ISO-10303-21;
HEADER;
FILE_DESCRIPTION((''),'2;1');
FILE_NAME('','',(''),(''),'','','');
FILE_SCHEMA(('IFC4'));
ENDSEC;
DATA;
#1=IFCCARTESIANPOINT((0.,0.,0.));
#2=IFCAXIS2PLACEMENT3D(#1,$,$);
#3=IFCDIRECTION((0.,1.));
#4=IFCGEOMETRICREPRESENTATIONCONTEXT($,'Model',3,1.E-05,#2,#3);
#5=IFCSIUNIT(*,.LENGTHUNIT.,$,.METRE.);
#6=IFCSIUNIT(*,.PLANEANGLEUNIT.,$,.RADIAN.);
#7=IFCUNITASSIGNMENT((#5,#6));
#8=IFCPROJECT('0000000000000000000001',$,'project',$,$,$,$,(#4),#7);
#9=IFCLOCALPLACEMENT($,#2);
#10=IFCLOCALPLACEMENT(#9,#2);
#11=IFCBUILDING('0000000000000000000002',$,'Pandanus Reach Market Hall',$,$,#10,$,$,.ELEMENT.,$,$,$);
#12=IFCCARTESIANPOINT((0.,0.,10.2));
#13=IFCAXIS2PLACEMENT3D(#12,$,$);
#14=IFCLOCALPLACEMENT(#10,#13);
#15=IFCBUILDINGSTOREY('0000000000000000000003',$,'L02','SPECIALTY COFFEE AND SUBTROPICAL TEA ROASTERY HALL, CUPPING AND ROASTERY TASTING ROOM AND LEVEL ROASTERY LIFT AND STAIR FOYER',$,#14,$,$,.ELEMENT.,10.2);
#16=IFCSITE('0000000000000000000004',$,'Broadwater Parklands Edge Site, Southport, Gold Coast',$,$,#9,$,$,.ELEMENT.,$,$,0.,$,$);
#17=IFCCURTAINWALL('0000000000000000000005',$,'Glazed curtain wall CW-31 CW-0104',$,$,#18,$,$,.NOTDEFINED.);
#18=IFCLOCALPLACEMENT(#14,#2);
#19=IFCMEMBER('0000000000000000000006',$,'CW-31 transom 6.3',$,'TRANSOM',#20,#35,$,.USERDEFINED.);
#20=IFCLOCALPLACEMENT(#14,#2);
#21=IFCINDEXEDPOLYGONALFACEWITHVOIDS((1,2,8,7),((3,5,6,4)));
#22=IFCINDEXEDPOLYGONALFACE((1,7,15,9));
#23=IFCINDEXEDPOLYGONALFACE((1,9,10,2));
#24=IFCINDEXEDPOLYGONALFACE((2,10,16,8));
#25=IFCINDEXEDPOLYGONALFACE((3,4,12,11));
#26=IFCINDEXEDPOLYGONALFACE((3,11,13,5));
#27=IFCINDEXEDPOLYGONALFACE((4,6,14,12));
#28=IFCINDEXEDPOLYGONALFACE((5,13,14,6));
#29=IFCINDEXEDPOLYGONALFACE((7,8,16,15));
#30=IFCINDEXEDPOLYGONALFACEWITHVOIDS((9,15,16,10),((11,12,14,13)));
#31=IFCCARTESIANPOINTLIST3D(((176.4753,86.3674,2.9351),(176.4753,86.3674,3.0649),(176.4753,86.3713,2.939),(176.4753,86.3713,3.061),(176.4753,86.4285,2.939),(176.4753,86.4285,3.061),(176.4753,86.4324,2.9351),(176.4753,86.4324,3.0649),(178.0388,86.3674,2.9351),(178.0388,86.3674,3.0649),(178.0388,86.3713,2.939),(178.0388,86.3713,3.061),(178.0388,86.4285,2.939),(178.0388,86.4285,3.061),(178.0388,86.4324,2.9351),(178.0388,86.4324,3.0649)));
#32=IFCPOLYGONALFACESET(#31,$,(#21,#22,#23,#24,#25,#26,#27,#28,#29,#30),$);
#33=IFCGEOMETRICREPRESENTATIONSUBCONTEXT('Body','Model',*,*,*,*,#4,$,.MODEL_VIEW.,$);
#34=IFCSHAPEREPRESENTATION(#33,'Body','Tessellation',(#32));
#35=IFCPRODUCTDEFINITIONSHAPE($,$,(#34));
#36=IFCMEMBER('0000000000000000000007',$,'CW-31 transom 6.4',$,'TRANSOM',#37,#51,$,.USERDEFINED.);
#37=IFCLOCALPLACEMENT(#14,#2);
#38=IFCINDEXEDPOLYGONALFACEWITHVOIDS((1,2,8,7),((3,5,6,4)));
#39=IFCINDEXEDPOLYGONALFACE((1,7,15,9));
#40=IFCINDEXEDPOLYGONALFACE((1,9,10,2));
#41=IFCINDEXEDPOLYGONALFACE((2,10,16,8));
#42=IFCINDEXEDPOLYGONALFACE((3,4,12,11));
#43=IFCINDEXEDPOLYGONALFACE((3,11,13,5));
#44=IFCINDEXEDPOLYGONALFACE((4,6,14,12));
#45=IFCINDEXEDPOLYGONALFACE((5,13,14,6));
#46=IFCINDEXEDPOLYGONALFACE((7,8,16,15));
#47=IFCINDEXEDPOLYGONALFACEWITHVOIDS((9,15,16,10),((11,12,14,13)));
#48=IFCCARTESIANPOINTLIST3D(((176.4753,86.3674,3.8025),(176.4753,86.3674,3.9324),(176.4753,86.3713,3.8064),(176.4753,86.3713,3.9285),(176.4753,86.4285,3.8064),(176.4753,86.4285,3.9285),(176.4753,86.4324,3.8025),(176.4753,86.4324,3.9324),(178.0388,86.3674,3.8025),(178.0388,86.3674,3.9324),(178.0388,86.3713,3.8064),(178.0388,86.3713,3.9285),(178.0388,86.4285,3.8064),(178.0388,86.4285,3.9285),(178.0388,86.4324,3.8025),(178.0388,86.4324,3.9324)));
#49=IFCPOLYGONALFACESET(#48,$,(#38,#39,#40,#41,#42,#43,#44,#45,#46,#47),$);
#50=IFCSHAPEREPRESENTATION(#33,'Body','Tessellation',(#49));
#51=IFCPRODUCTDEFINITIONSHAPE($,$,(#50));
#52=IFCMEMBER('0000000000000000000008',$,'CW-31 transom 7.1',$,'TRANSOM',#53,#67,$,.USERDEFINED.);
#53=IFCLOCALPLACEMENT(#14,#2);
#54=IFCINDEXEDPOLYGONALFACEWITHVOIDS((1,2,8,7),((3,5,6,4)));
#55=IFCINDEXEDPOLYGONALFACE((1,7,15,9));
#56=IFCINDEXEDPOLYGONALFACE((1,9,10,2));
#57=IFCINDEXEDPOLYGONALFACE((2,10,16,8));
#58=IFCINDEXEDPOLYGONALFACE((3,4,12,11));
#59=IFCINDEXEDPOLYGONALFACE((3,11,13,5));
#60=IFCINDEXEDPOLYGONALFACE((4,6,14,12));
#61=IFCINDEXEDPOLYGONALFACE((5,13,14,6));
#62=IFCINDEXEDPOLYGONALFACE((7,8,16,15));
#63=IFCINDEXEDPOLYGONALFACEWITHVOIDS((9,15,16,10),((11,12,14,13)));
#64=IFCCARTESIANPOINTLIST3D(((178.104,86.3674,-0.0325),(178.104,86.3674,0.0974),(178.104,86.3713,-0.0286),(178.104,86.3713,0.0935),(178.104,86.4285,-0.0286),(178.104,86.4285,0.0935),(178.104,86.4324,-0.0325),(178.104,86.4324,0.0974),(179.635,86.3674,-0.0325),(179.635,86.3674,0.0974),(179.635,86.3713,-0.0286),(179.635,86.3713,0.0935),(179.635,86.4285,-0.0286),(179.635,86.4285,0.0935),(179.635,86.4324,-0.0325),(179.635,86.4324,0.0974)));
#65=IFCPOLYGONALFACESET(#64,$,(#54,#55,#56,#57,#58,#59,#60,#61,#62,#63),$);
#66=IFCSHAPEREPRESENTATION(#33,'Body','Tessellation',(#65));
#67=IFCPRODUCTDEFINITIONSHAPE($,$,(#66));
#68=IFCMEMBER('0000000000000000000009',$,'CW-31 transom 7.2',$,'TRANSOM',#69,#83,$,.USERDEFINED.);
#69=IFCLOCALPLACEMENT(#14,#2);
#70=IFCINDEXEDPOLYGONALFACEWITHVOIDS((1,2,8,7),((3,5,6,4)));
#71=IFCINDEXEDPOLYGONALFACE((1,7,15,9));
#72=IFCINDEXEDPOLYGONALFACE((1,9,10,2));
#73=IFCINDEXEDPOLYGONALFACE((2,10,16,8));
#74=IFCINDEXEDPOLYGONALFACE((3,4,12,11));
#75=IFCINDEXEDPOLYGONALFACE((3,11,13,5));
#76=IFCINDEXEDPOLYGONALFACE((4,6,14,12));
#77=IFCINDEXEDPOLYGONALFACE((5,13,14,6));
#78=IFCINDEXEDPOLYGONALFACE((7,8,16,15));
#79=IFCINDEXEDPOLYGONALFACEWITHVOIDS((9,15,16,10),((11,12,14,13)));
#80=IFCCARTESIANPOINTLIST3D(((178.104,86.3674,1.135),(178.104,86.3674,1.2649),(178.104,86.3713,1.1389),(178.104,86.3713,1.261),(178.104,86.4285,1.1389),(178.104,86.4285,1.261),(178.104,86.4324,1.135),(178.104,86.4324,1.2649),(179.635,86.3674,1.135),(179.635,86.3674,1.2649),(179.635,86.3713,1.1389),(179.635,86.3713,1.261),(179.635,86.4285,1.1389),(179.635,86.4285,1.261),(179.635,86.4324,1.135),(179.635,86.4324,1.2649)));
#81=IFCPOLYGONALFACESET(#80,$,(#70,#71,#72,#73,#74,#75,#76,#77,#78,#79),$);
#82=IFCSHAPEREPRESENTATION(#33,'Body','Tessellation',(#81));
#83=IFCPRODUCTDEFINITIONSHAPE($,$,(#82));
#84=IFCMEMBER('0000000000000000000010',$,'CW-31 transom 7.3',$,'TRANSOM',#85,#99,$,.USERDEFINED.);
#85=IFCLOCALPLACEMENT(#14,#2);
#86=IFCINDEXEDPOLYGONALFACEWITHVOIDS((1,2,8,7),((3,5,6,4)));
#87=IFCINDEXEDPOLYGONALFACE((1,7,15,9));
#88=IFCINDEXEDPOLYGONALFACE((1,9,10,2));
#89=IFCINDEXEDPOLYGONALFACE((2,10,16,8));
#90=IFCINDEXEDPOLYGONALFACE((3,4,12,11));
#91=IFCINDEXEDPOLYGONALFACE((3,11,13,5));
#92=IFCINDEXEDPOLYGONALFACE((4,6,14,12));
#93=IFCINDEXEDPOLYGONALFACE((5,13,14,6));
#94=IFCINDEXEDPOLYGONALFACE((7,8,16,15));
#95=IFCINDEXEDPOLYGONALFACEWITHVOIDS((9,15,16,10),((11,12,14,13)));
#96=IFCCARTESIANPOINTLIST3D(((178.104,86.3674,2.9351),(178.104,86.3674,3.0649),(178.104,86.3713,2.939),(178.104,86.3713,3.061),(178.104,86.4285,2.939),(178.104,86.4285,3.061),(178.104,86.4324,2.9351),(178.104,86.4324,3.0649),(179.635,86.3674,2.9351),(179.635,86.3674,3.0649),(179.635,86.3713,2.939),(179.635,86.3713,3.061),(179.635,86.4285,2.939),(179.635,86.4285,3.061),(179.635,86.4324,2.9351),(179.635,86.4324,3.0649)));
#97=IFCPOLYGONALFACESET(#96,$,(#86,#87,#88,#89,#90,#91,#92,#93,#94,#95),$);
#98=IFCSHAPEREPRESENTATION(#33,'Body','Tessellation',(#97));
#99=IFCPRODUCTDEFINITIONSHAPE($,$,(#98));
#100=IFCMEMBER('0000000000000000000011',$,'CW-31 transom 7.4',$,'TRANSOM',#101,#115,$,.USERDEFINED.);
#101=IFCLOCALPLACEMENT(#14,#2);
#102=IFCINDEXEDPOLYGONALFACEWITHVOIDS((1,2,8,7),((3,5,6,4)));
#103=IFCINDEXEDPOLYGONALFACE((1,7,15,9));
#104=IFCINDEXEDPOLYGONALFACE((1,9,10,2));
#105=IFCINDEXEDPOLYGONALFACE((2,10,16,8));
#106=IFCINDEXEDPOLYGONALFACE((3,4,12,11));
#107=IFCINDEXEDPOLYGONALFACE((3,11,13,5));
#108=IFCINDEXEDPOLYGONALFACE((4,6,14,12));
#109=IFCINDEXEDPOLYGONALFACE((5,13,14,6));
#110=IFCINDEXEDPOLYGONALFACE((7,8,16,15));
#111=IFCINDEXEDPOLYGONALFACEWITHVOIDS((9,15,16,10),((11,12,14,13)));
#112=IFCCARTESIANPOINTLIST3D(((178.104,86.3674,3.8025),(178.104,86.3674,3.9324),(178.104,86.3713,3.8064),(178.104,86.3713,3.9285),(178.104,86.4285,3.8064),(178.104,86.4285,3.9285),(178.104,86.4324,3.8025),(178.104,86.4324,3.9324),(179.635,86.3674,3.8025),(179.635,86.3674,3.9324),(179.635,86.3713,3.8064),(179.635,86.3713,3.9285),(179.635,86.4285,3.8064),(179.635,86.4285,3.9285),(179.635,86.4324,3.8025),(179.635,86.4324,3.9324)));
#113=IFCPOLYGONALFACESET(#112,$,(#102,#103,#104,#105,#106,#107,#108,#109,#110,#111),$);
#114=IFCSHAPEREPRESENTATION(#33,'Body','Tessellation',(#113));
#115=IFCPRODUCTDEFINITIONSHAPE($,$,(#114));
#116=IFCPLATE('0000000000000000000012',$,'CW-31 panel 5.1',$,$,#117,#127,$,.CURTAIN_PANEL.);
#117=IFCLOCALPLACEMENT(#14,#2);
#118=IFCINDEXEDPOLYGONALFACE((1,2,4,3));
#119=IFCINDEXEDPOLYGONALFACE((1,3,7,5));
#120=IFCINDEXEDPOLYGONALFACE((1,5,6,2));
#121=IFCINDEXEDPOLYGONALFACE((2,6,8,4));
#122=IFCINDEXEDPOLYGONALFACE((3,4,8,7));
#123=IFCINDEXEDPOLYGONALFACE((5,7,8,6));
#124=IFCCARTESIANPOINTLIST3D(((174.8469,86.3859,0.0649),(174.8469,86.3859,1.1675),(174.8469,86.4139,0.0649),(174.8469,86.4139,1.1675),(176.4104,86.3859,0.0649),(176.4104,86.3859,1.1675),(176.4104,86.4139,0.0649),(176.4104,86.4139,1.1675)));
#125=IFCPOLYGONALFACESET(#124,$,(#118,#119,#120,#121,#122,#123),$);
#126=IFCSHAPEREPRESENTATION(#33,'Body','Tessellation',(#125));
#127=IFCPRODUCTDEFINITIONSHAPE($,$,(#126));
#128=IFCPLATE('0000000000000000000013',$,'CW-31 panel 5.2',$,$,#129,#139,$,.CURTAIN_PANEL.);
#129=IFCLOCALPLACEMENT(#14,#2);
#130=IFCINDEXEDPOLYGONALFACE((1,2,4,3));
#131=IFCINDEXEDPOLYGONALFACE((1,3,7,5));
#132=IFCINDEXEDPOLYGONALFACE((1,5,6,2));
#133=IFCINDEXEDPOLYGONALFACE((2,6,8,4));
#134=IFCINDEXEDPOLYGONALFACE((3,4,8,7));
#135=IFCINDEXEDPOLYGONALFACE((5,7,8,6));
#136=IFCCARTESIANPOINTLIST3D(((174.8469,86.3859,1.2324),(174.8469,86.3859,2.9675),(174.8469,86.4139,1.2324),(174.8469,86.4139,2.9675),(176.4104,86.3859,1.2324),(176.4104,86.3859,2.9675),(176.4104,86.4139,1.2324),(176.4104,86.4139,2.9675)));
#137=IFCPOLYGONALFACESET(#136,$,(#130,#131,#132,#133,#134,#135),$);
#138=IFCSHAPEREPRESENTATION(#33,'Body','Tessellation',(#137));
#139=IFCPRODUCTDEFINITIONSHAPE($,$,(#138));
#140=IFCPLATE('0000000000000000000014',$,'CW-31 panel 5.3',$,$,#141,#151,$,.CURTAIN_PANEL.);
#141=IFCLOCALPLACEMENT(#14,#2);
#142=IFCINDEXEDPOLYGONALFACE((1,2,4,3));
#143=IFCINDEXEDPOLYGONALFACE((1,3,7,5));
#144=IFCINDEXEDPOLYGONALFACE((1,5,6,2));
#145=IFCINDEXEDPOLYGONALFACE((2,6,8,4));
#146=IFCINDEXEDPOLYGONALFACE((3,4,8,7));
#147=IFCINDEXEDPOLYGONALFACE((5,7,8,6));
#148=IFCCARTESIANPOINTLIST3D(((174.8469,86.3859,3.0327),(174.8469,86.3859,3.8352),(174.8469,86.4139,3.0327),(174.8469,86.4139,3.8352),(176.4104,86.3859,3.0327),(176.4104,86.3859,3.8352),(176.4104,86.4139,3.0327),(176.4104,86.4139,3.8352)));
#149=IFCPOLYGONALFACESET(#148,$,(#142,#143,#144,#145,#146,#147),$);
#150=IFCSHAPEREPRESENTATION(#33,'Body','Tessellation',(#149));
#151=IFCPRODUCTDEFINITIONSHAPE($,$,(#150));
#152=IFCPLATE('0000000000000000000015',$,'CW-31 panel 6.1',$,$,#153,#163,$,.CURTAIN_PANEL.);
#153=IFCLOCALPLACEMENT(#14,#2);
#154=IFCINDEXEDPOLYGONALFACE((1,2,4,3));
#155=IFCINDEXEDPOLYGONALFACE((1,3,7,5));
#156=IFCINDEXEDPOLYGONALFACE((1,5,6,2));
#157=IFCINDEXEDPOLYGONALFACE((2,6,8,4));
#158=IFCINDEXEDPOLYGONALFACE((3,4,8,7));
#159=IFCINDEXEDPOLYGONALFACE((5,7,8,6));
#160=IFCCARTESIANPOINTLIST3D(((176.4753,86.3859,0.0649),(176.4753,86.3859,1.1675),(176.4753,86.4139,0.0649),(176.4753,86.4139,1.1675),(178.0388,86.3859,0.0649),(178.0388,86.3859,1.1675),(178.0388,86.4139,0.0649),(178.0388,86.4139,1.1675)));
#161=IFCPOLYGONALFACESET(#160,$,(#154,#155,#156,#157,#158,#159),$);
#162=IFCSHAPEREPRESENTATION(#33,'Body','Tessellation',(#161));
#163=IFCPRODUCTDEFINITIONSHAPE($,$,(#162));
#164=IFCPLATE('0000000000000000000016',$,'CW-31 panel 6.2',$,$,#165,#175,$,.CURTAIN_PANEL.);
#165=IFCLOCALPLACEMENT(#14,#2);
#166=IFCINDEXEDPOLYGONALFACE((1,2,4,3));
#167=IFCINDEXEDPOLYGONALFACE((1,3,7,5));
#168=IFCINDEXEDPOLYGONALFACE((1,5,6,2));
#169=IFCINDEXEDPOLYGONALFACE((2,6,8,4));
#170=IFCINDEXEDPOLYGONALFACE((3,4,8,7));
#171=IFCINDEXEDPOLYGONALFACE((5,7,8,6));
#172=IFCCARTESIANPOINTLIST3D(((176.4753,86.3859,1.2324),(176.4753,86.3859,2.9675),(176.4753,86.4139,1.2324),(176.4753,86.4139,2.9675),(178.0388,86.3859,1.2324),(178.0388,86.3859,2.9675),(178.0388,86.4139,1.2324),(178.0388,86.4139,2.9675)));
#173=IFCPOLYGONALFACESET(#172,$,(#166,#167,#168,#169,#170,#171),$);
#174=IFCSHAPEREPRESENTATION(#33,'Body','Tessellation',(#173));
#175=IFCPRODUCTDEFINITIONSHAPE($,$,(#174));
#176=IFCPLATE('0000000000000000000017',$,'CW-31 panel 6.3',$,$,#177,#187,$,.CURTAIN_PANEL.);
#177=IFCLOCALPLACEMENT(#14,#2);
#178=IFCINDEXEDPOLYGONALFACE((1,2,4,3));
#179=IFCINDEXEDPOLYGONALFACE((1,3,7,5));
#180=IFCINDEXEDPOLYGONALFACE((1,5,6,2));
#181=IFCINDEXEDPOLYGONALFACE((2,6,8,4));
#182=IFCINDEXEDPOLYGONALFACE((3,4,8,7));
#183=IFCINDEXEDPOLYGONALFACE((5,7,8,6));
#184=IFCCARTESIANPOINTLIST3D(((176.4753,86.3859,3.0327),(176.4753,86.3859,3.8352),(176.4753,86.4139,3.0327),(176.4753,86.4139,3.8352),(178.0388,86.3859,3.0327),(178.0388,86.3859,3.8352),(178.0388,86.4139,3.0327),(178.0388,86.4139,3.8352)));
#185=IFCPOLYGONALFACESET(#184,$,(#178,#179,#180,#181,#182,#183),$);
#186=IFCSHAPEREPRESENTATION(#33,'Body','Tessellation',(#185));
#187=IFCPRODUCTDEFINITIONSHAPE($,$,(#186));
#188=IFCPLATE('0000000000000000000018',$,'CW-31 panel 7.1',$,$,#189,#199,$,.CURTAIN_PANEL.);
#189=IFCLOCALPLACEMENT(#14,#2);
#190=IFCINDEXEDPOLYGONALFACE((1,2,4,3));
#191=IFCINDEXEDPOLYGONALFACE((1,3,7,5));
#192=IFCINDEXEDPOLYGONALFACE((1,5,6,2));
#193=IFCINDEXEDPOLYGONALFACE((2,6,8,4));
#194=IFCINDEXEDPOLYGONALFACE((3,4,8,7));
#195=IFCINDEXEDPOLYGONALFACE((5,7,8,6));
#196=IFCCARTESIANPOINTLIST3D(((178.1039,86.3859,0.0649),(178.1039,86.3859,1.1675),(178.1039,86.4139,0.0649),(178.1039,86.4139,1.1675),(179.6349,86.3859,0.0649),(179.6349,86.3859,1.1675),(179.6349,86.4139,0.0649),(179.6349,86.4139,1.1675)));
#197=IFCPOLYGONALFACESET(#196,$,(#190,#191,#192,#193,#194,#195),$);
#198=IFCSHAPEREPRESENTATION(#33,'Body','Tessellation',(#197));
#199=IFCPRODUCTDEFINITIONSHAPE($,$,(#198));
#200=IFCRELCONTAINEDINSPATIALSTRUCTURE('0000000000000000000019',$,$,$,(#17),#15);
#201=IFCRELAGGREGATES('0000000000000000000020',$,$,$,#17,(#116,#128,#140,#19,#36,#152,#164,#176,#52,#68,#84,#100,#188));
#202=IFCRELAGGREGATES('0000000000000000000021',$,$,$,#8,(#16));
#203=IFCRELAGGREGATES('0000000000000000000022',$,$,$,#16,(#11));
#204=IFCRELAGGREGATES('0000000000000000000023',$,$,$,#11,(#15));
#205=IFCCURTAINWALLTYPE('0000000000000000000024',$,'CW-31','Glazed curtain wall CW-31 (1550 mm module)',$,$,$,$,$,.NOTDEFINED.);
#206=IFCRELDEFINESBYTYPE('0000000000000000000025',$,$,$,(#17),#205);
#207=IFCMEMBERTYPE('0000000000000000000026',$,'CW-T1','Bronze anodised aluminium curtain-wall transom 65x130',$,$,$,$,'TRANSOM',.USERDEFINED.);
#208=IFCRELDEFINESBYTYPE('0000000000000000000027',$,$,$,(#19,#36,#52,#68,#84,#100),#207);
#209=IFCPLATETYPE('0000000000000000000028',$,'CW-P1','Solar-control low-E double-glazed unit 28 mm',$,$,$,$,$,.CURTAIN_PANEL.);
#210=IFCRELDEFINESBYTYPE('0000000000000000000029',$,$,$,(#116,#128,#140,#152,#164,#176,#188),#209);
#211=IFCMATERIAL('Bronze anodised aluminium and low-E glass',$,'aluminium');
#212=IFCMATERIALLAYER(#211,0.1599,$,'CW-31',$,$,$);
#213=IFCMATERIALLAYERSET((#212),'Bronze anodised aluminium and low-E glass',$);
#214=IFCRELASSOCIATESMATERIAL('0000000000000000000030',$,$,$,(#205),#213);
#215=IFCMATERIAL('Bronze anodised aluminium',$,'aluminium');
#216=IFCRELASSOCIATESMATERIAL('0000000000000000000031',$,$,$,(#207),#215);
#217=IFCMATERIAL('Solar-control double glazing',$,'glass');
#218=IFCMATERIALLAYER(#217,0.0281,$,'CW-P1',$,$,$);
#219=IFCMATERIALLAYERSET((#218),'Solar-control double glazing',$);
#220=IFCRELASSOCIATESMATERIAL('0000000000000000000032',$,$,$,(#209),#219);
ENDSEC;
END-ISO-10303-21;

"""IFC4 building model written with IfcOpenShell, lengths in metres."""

from ifc_helpers import new_model, si_unit, direction, frame, origin, origin_2d, place, context, subcontext, project, spatial, rectangle, hollow_rectangle, extrude, material, layer, layer_set, material_profile, profile_set, type_object, element, aggregate, save


model = new_model("IFC4")

# Units and contexts
model_context = context("Model", 3, precision=1e-05, world=origin(), true_north=direction((0.0, 1.0)))
body_context = subcontext(model_context, "Body", "Model", "MODEL_VIEW")
ifc_project = project(units=[si_unit("LENGTHUNIT", "METRE"), si_unit("PLANEANGLEUNIT", "RADIAN")], contexts=[model_context])

# Site, building, storey
site_placement = place(None, origin())
site = spatial("IfcSite", under=ifc_project, at=site_placement, Name="Broadwater Parklands Edge Site, Southport, Gold Coast", CompositionType="ELEMENT", RefElevation=0.0)
building_placement = place(site_placement, origin())
building = spatial("IfcBuilding", under=site, at=building_placement, Name="Pandanus Reach Market Hall", CompositionType="ELEMENT")
storey_placement = place(building_placement, frame((0.0, 0.0, 10.2)))
storey = spatial("IfcBuildingStorey", under=building, at=storey_placement, Name="L02", Description="SPECIALTY COFFEE AND SUBTROPICAL TEA ROASTERY HALL, CUPPING AND ROASTERY TASTING ROOM AND LEVEL ROASTERY LIFT AND STAIR FOYER", CompositionType="ELEMENT", Elevation=10.2)

# Curtain wall
ifc_material_1 = material(Name="Bronze anodised aluminium and low-E glass", Category="aluminium")
ifc_layer_1 = layer(ifc_material_1, 0.1599, Name="CW-31")
ifc_layer_set_1 = layer_set([ifc_layer_1], Name="Bronze anodised aluminium and low-E glass")
curtain_wall_type_1 = type_object("IfcCurtainWallType", Name="CW-31", Description="Glazed curtain wall CW-31 (1550 mm module)", PredefinedType="NOTDEFINED", material=ifc_layer_set_1)
curtain_wall_1_placement = place(storey_placement, origin())
curtain_wall_1 = element("IfcCurtainWall", 1, at=curtain_wall_1_placement, inside=storey, type_object=curtain_wall_type_1, Name="Glazed curtain wall CW-31 CW-0104", PredefinedType="NOTDEFINED")
ifc_material_2 = material(Name="Bronze anodised aluminium", Category="aluminium")

# Members
ifc_material_profile_1 = material_profile(ifc_material_2, hollow_rectangle(XDim=0.0649, YDim=0.1299, WallThickness=0.0039, at=origin_2d()), Name="ALU65x130", Category="LoadBearing")
ifc_profile_set_1 = profile_set([ifc_material_profile_1], Name="Bronze anodised aluminium")
member_type_1 = type_object("IfcMemberType", Name="CW-T1", Description="Bronze anodised aluminium curtain-wall transom 65x130", ElementType="TRANSOM", PredefinedType="USERDEFINED", material=ifc_profile_set_1)
member_1_placement = place(storey_placement, frame((176.4753, 86.3999, 3.0), z_axis=(1.0, 0.0, 0.0), x_axis=(0.0, 1.0, 0.0)))
member_1 = element("IfcMember", 2, at=member_1_placement, type_object=member_type_1, Name="CW-31 transom 6.3", ObjectType="TRANSOM", PredefinedType="USERDEFINED", context=body_context, shape_type="SweptSolid", body=[
    extrude(hollow_rectangle(XDim=0.0649, YDim=0.1299, WallThickness=0.0039, at=origin_2d()), origin(), (0.0, 0.0, 1.0), 1.5635),
])
member_2_placement = place(storey_placement, frame((176.4753, 86.3999, 3.8674), z_axis=(1.0, 0.0, 0.0), x_axis=(0.0, 1.0, 0.0)))
member_2 = element("IfcMember", 3, at=member_2_placement, type_object=member_type_1, Name="CW-31 transom 6.4", ObjectType="TRANSOM", PredefinedType="USERDEFINED", context=body_context, shape_type="SweptSolid", body=[
    extrude(hollow_rectangle(XDim=0.0649, YDim=0.1299, WallThickness=0.0039, at=origin_2d()), origin(), (0.0, 0.0, 1.0), 1.5635),
])
member_3_placement = place(storey_placement, frame((178.104, 86.3999, 0.0325), z_axis=(1.0, 0.0, 0.0), x_axis=(0.0, 1.0, 0.0)))
member_3 = element("IfcMember", 4, at=member_3_placement, type_object=member_type_1, Name="CW-31 transom 7.1", ObjectType="TRANSOM", PredefinedType="USERDEFINED", context=body_context, shape_type="SweptSolid", body=[
    extrude(hollow_rectangle(XDim=0.0649, YDim=0.1299, WallThickness=0.0039, at=origin_2d()), origin(), (0.0, 0.0, 1.0), 1.531),
])
member_4_placement = place(storey_placement, frame((178.104, 86.3999, 1.2), z_axis=(1.0, 0.0, 0.0), x_axis=(0.0, 1.0, 0.0)))
member_4 = element("IfcMember", 5, at=member_4_placement, type_object=member_type_1, Name="CW-31 transom 7.2", ObjectType="TRANSOM", PredefinedType="USERDEFINED", context=body_context, shape_type="SweptSolid", body=[
    extrude(hollow_rectangle(XDim=0.0649, YDim=0.1299, WallThickness=0.0039, at=origin_2d()), origin(), (0.0, 0.0, 1.0), 1.531),
])
member_5_placement = place(storey_placement, frame((178.104, 86.3999, 3.0), z_axis=(1.0, 0.0, 0.0), x_axis=(0.0, 1.0, 0.0)))
member_5 = element("IfcMember", 6, at=member_5_placement, type_object=member_type_1, Name="CW-31 transom 7.3", ObjectType="TRANSOM", PredefinedType="USERDEFINED", context=body_context, shape_type="SweptSolid", body=[
    extrude(hollow_rectangle(XDim=0.0649, YDim=0.1299, WallThickness=0.0039, at=origin_2d()), origin(), (0.0, 0.0, 1.0), 1.531),
])
member_6_placement = place(storey_placement, frame((178.104, 86.3999, 3.8674), z_axis=(1.0, 0.0, 0.0), x_axis=(0.0, 1.0, 0.0)))
member_6 = element("IfcMember", 7, at=member_6_placement, type_object=member_type_1, Name="CW-31 transom 7.4", ObjectType="TRANSOM", PredefinedType="USERDEFINED", context=body_context, shape_type="SweptSolid", body=[
    extrude(hollow_rectangle(XDim=0.0649, YDim=0.1299, WallThickness=0.0039, at=origin_2d()), origin(), (0.0, 0.0, 1.0), 1.531),
])

# Plates
ifc_material_3 = material(Name="Solar-control double glazing", Category="glass")
ifc_layer_2 = layer(ifc_material_3, 0.0281, Name="CW-P1")
ifc_layer_set_2 = layer_set([ifc_layer_2], Name="Solar-control double glazing")
plate_type = type_object("IfcPlateType", Name="CW-P1", Description="Solar-control low-E double-glazed unit 28 mm", PredefinedType="CURTAIN_PANEL", material=ifc_layer_set_2)
plate_1_placement = place(storey_placement, frame((175.6287, 86.3999, 0.0649), z_axis=(0.0, 0.0, 1.0), x_axis=(1.0, 0.0, 0.0)))
plate_1 = element("IfcPlate", 8, at=plate_1_placement, type_object=plate_type, Name="CW-31 panel 5.1", PredefinedType="CURTAIN_PANEL", context=body_context, shape_type="SweptSolid", body=[
    extrude(rectangle(XDim=1.5635, YDim=0.0281, at=origin_2d()), origin(), (0.0, 0.0, 1.0), 1.1025),
])
plate_2_placement = place(storey_placement, frame((175.6287, 86.3999, 1.2324), z_axis=(0.0, 0.0, 1.0), x_axis=(1.0, 0.0, 0.0)))
plate_2 = element("IfcPlate", 9, at=plate_2_placement, type_object=plate_type, Name="CW-31 panel 5.2", PredefinedType="CURTAIN_PANEL", context=body_context, shape_type="SweptSolid", body=[
    extrude(rectangle(XDim=1.5635, YDim=0.0281, at=origin_2d()), origin(), (0.0, 0.0, 1.0), 1.7351),
])
plate_3_placement = place(storey_placement, frame((175.6287, 86.3999, 3.0327), z_axis=(0.0, 0.0, 1.0), x_axis=(1.0, 0.0, 0.0)))
plate_3 = element("IfcPlate", 10, at=plate_3_placement, type_object=plate_type, Name="CW-31 panel 5.3", PredefinedType="CURTAIN_PANEL", context=body_context, shape_type="SweptSolid", body=[
    extrude(rectangle(XDim=1.5635, YDim=0.0281, at=origin_2d()), origin(), (0.0, 0.0, 1.0), 0.8025),
])
plate_4_placement = place(storey_placement, frame((177.2571, 86.3999, 0.0649), z_axis=(0.0, 0.0, 1.0), x_axis=(1.0, 0.0, 0.0)))
plate_4 = element("IfcPlate", 11, at=plate_4_placement, type_object=plate_type, Name="CW-31 panel 6.1", PredefinedType="CURTAIN_PANEL", context=body_context, shape_type="SweptSolid", body=[
    extrude(rectangle(XDim=1.5635, YDim=0.0281, at=origin_2d()), origin(), (0.0, 0.0, 1.0), 1.1025),
])
plate_5_placement = place(storey_placement, frame((177.2571, 86.3999, 1.2324), z_axis=(0.0, 0.0, 1.0), x_axis=(1.0, 0.0, 0.0)))
plate_5 = element("IfcPlate", 12, at=plate_5_placement, type_object=plate_type, Name="CW-31 panel 6.2", PredefinedType="CURTAIN_PANEL", context=body_context, shape_type="SweptSolid", body=[
    extrude(rectangle(XDim=1.5635, YDim=0.0281, at=origin_2d()), origin(), (0.0, 0.0, 1.0), 1.7351),
])
plate_6_placement = place(storey_placement, frame((177.2571, 86.3999, 3.0327), z_axis=(0.0, 0.0, 1.0), x_axis=(1.0, 0.0, 0.0)))
plate_6 = element("IfcPlate", 13, at=plate_6_placement, type_object=plate_type, Name="CW-31 panel 6.3", PredefinedType="CURTAIN_PANEL", context=body_context, shape_type="SweptSolid", body=[
    extrude(rectangle(XDim=1.5635, YDim=0.0281, at=origin_2d()), origin(), (0.0, 0.0, 1.0), 0.8025),
])
plate_7_placement = place(storey_placement, frame((178.8694, 86.3999, 0.0649), z_axis=(0.0, 0.0, 1.0), x_axis=(1.0, 0.0, 0.0)))
plate_7 = element("IfcPlate", 14, at=plate_7_placement, type_object=plate_type, Name="CW-31 panel 7.1", PredefinedType="CURTAIN_PANEL", context=body_context, shape_type="SweptSolid", body=[
    extrude(rectangle(XDim=1.531, YDim=0.0281, at=origin_2d()), origin(), (0.0, 0.0, 1.0), 1.1025),
])
aggregate(curtain_wall_1, [plate_1, plate_2, plate_3, member_1, member_2, plate_4, plate_5, plate_6, member_3, member_4, member_5, member_6, plate_7])

save(model, "model.ifc")
